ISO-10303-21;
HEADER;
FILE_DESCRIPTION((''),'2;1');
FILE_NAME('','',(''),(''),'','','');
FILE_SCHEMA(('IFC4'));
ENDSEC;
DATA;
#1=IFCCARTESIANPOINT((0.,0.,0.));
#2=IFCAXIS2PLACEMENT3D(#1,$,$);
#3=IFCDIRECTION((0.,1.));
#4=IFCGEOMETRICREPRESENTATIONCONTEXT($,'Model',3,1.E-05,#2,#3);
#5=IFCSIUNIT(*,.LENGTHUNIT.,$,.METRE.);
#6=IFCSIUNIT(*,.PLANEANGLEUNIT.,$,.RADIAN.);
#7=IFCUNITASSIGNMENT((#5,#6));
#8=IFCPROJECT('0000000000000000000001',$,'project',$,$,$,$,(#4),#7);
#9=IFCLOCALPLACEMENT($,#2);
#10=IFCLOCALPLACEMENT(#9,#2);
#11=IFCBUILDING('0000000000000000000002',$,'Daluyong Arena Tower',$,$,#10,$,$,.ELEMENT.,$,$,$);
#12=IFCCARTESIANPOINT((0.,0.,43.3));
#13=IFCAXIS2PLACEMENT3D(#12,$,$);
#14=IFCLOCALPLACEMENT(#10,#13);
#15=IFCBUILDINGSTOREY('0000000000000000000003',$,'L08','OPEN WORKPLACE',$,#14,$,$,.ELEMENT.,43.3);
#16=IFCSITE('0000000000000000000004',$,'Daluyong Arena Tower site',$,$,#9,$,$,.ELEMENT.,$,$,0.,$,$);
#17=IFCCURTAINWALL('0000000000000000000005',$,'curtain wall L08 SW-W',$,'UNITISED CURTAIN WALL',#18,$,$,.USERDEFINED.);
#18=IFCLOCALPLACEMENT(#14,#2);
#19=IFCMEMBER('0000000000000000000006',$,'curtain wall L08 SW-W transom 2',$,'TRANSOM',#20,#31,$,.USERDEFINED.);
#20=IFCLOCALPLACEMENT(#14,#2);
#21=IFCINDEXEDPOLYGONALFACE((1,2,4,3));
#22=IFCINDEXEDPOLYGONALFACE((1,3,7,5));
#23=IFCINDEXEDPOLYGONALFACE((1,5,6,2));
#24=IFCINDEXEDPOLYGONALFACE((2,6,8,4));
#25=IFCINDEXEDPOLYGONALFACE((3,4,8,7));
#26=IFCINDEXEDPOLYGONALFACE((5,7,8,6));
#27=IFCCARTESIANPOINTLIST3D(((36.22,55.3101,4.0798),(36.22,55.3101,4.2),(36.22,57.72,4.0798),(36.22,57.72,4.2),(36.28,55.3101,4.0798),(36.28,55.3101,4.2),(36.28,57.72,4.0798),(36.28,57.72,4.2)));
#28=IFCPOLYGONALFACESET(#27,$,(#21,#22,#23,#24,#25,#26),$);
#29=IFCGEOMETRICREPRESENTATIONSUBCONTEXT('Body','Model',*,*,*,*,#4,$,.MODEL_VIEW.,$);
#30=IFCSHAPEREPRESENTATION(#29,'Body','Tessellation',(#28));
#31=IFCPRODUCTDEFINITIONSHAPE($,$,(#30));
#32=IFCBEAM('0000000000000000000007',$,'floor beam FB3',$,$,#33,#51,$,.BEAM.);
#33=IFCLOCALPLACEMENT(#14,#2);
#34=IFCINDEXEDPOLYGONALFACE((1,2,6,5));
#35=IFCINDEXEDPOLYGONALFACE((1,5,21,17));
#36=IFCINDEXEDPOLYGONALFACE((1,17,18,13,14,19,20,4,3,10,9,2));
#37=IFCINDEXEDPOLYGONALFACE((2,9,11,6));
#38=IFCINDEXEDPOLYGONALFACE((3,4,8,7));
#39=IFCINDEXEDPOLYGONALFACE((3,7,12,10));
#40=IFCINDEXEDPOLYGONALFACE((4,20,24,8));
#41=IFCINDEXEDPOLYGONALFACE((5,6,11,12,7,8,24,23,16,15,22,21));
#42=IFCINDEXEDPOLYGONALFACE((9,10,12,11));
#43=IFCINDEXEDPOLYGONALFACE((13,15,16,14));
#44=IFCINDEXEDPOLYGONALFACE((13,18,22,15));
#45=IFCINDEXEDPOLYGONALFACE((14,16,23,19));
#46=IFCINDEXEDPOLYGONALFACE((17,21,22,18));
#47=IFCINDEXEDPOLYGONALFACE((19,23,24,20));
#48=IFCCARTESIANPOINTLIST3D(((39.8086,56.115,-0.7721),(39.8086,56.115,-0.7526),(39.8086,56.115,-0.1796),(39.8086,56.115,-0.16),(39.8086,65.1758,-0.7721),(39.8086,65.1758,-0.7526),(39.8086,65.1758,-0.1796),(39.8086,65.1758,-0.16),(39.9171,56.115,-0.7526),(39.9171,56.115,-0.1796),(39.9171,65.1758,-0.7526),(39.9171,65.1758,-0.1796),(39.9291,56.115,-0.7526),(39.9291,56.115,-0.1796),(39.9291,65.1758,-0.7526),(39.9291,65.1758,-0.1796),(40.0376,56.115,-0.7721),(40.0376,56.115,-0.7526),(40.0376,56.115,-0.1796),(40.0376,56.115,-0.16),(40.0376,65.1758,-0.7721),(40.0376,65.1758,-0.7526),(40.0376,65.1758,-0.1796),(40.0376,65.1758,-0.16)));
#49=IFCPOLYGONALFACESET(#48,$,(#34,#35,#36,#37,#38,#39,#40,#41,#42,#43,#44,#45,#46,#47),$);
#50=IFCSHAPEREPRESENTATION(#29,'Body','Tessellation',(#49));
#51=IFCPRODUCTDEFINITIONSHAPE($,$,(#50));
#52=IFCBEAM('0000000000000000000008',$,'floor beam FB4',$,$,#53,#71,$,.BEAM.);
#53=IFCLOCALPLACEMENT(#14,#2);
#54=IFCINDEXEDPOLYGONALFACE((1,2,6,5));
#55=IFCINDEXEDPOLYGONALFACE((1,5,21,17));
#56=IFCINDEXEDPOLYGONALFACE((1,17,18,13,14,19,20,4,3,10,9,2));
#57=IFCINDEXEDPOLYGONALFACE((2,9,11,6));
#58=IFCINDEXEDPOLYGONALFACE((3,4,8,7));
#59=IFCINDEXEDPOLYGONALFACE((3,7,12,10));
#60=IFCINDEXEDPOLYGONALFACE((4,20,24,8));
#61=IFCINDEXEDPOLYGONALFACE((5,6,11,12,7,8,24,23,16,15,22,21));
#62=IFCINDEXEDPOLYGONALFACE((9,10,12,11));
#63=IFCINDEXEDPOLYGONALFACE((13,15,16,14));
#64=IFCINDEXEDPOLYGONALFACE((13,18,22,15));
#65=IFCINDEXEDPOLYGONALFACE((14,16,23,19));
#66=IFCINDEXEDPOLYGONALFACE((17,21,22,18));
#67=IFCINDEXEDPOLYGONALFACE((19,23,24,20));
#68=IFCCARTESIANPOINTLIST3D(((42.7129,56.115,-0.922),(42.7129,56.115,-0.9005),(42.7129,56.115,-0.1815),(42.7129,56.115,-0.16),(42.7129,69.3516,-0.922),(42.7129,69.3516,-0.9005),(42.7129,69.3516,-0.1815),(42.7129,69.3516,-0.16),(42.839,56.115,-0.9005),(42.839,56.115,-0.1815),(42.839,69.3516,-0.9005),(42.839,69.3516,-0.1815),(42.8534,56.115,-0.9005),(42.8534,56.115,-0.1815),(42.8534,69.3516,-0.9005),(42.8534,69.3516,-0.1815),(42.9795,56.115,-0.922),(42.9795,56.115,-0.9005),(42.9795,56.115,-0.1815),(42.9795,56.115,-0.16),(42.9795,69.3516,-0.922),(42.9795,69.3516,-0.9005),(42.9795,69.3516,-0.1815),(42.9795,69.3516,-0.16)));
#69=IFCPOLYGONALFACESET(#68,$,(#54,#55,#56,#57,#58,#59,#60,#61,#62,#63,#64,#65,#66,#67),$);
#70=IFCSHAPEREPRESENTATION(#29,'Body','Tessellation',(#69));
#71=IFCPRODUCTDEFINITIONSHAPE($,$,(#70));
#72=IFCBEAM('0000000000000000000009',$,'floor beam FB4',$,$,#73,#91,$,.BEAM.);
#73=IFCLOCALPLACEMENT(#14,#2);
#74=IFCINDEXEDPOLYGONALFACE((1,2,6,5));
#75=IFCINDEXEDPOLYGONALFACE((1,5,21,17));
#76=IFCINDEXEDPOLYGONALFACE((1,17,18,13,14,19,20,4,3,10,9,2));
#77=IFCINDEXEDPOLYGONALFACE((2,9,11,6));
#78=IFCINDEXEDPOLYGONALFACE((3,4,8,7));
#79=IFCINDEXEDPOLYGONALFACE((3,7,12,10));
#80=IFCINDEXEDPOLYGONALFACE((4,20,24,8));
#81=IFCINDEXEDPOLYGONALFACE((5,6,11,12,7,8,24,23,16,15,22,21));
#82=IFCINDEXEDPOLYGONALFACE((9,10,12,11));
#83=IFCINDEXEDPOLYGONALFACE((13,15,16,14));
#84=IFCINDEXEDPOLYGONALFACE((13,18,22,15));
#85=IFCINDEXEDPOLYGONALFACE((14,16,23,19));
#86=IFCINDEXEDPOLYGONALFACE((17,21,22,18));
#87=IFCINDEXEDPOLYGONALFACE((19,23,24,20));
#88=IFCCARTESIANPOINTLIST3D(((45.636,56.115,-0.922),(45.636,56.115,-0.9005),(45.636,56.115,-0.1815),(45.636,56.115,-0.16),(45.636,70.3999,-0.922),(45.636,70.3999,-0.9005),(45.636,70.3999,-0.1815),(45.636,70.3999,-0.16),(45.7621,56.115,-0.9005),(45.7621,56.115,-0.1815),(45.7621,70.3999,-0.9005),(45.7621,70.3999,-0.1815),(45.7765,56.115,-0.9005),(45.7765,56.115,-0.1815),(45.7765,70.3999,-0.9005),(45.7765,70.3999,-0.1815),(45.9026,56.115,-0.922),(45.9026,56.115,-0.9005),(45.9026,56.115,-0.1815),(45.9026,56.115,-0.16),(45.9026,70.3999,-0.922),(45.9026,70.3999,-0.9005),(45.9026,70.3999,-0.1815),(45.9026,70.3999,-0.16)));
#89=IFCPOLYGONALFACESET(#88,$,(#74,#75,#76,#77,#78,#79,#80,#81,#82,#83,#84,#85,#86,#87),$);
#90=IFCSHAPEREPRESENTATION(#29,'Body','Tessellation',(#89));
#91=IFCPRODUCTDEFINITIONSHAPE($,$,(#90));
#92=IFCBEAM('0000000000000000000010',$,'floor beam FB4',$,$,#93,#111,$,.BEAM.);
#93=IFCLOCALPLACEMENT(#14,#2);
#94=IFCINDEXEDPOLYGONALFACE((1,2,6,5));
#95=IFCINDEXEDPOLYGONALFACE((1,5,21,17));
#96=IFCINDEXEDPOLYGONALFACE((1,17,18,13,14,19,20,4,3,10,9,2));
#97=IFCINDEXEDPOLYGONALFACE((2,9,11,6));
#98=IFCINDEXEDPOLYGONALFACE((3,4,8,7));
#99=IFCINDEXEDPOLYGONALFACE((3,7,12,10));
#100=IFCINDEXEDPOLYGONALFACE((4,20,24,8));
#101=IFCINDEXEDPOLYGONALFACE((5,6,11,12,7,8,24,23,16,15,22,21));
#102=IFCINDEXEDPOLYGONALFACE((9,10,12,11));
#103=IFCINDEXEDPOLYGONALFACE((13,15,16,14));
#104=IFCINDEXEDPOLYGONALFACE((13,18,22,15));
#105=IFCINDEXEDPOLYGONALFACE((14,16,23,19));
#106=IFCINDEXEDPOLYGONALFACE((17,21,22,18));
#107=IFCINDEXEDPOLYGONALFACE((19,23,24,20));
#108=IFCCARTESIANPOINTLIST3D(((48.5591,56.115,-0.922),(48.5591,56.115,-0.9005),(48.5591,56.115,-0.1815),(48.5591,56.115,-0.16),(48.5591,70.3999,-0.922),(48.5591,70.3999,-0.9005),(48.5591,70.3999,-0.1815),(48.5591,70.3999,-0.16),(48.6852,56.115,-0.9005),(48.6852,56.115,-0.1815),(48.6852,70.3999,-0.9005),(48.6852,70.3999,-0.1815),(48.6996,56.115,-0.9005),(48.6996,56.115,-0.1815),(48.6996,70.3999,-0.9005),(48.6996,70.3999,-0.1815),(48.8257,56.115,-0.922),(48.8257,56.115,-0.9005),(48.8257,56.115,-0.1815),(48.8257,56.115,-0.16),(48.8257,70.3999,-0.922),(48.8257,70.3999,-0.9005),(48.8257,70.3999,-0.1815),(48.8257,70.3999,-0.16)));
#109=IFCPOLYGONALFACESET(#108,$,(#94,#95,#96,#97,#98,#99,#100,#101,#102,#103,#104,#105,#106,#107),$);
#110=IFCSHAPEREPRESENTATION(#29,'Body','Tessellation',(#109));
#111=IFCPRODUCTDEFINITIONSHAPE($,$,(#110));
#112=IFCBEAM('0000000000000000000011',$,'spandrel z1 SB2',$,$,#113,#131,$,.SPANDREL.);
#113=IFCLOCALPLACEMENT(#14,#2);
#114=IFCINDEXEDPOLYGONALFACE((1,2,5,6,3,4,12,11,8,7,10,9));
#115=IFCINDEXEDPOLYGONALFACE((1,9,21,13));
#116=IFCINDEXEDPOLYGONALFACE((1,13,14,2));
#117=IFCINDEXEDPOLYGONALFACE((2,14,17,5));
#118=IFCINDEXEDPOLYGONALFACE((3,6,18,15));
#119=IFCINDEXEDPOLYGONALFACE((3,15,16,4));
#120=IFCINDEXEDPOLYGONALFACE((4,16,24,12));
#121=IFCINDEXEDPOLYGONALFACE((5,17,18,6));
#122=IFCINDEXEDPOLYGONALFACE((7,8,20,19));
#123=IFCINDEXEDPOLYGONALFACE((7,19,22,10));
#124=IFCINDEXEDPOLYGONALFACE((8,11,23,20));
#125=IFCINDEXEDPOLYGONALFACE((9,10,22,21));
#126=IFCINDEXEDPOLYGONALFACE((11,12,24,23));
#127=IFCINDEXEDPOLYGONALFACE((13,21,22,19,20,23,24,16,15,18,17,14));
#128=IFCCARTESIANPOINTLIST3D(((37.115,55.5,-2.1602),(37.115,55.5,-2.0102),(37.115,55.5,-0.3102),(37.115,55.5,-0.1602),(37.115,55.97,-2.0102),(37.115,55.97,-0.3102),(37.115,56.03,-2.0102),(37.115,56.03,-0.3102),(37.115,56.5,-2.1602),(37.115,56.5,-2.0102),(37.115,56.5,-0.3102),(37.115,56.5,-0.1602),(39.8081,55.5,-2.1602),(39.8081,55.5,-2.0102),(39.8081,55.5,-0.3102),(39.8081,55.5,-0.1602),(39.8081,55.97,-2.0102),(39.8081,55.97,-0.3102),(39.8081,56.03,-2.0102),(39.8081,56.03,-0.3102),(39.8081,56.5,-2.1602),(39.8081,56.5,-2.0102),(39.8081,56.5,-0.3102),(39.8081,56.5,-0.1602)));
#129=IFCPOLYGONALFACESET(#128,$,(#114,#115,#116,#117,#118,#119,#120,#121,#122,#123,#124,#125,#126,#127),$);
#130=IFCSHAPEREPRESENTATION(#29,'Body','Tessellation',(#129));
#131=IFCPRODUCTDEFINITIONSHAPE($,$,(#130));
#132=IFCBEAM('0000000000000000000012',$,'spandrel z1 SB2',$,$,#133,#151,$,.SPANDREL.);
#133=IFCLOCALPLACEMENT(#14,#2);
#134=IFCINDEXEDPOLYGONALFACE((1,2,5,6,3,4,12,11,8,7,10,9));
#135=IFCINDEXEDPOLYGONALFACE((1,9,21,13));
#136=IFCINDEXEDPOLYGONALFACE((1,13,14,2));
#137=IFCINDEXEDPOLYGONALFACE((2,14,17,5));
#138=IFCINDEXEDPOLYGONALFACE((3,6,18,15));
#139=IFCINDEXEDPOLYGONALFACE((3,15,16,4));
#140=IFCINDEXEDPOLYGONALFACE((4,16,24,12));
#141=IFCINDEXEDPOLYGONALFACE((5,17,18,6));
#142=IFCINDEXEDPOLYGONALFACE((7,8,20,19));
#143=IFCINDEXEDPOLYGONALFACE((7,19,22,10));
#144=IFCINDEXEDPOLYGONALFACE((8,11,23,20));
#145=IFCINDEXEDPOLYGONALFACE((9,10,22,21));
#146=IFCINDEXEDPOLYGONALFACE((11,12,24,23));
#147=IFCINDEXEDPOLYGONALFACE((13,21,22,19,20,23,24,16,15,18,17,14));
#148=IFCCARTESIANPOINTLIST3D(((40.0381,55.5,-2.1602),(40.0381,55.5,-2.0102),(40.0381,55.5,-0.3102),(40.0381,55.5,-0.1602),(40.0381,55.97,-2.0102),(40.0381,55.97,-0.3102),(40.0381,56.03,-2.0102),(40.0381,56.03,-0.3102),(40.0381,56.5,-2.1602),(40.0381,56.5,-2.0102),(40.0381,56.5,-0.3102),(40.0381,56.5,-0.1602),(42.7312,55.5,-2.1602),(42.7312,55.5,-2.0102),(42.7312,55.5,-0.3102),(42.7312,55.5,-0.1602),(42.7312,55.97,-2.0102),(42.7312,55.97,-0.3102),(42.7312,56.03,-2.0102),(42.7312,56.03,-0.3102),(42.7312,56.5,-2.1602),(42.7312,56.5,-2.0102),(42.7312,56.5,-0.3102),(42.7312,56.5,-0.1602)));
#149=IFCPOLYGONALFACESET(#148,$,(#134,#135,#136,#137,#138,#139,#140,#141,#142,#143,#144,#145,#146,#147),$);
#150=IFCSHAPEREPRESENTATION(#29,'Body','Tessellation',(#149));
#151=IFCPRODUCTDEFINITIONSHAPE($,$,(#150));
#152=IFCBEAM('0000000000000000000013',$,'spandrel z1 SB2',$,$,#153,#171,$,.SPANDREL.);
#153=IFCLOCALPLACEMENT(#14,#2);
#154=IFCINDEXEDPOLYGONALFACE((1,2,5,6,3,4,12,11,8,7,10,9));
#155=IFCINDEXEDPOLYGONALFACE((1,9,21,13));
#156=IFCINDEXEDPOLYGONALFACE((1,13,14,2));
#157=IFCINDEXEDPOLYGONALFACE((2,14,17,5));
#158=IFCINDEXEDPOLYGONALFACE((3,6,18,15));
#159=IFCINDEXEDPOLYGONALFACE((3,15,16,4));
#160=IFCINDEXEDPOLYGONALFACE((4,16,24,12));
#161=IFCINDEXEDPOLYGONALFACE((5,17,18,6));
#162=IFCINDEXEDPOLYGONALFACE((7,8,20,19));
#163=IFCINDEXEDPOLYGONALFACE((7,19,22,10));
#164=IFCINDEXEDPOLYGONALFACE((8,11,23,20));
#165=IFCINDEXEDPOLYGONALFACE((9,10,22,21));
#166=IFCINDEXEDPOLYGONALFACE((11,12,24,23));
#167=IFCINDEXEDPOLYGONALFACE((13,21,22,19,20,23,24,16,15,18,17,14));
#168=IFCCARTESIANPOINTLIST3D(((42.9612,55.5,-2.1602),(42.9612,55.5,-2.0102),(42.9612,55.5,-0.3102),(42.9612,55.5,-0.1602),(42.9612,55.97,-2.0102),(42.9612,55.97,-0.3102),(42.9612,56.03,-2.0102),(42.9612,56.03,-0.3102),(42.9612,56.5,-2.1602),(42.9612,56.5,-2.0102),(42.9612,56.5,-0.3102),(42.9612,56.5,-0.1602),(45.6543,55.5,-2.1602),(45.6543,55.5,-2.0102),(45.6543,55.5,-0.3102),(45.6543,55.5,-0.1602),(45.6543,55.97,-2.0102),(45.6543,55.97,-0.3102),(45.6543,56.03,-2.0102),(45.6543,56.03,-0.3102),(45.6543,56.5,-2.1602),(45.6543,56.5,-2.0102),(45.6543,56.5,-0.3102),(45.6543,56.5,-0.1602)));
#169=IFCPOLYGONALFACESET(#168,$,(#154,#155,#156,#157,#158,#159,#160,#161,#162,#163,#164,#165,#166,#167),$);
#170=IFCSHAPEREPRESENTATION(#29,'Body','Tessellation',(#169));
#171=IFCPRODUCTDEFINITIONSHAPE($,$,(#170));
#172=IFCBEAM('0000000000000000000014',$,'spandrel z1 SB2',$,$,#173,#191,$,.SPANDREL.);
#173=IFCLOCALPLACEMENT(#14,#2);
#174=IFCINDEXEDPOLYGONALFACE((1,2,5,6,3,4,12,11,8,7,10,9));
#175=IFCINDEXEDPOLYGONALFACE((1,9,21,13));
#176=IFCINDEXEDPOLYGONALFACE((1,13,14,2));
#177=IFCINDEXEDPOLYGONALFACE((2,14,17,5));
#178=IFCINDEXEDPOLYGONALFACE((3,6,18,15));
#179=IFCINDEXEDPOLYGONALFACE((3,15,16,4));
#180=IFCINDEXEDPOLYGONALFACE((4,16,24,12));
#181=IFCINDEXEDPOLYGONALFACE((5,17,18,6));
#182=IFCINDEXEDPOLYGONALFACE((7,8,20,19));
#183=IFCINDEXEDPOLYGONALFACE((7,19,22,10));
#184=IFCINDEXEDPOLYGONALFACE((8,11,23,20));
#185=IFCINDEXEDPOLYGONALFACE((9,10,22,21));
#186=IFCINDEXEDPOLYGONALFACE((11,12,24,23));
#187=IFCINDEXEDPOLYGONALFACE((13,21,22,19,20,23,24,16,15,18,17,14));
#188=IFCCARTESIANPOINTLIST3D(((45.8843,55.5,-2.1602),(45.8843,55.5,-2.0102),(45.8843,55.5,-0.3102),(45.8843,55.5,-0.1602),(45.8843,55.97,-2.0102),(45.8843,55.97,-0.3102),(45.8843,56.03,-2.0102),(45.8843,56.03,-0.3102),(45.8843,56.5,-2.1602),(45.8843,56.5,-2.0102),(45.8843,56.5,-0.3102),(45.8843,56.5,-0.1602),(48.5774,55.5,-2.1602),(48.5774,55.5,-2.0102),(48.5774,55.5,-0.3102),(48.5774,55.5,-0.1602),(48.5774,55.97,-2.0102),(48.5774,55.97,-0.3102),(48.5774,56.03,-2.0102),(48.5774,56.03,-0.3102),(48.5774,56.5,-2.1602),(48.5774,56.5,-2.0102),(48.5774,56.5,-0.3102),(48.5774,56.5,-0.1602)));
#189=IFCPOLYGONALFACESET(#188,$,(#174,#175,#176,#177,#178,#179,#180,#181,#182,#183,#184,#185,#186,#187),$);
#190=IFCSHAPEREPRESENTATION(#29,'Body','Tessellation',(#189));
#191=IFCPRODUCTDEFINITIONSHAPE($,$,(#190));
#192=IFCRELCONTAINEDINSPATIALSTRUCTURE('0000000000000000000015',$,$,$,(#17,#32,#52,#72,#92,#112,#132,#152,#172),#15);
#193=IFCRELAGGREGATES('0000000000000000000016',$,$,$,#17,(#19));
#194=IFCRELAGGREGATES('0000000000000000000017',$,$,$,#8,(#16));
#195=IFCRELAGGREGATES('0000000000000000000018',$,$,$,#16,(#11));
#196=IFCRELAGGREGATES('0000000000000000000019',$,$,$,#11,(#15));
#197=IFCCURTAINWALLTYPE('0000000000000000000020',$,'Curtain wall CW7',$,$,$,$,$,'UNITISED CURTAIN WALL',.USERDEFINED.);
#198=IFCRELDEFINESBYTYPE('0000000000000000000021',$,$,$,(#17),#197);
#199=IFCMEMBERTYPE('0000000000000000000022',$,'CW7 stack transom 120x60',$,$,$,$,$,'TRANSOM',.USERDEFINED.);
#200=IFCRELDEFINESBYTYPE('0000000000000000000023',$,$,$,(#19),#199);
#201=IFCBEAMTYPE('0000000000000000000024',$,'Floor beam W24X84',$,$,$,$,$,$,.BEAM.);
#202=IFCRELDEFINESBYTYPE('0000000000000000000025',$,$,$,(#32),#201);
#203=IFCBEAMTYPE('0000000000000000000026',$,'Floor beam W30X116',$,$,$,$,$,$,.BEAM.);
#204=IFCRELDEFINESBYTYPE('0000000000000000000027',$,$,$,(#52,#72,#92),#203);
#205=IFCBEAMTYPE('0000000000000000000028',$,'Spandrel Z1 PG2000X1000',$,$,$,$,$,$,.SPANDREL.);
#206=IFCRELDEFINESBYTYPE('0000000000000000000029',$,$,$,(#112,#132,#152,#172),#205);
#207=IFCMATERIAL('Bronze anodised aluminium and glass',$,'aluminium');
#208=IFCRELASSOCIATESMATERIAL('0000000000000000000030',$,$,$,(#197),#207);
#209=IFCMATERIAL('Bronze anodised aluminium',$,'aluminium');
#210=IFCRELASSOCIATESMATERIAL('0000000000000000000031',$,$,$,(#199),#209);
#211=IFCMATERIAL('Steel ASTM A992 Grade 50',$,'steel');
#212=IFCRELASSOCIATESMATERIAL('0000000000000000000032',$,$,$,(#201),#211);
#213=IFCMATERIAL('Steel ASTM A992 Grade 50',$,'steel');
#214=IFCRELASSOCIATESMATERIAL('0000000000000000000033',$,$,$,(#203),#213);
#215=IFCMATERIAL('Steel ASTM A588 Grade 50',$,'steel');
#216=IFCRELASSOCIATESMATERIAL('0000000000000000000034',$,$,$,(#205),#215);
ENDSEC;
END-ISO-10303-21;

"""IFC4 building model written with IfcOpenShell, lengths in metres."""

from ifc_helpers import new_model, si_unit, direction, frame, origin, origin_2d, place, context, subcontext, project, spatial, rectangle, i_section, extrude, material, material_profile, profile_set, type_object, element, aggregate, save


model = new_model("IFC4")

# Units and contexts
model_context = context("Model", 3, precision=1e-05, world=origin(), true_north=direction((0.0, 1.0)))
body_context = subcontext(model_context, "Body", "Model", "MODEL_VIEW")
ifc_project = project(units=[si_unit("LENGTHUNIT", "METRE"), si_unit("PLANEANGLEUNIT", "RADIAN")], contexts=[model_context])

# Site, building, storey
site_placement = place(None, origin())
site = spatial("IfcSite", under=ifc_project, at=site_placement, Name="Daluyong Arena Tower site", CompositionType="ELEMENT", RefElevation=0.0)
building_placement = place(site_placement, origin())
building = spatial("IfcBuilding", under=site, at=building_placement, Name="Daluyong Arena Tower", CompositionType="ELEMENT")
storey_placement = place(building_placement, frame((0.0, 0.0, 43.3)))
storey = spatial("IfcBuildingStorey", under=building, at=storey_placement, Name="L08", Description="OPEN WORKPLACE", CompositionType="ELEMENT", Elevation=43.3)

# Curtain wall, member
ifc_material_1 = material(Name="Bronze anodised aluminium and glass", Category="aluminium")
curtain_wall_type_1 = type_object("IfcCurtainWallType", Name="Curtain wall CW7", ElementType="UNITISED CURTAIN WALL", PredefinedType="USERDEFINED", material=ifc_material_1)
curtain_wall_1_placement = place(storey_placement, origin())
curtain_wall_1 = element("IfcCurtainWall", 1, at=curtain_wall_1_placement, inside=storey, type_object=curtain_wall_type_1, Name="curtain wall L08 SW-W", ObjectType="UNITISED CURTAIN WALL", PredefinedType="USERDEFINED")
ifc_material_2 = material(Name="Bronze anodised aluminium", Category="aluminium")
ifc_material_profile_1 = material_profile(ifc_material_2, rectangle(XDim=0.0601, YDim=0.1201, at=origin_2d()))
ifc_profile_set_1 = profile_set([ifc_material_profile_1], Name="Bronze anodised aluminium")
member_type_1 = type_object("IfcMemberType", Name="CW7 stack transom 120x60", ElementType="TRANSOM", PredefinedType="USERDEFINED", material=ifc_profile_set_1)
member_1_placement = place(storey_placement, frame((36.25, 57.72, 4.1399), z_axis=(0.0, -1.0, 0.0), x_axis=(1.0, 0.0, 0.0)))
member_1 = element("IfcMember", 2, at=member_1_placement, type_object=member_type_1, Name="curtain wall L08 SW-W transom 2", ObjectType="TRANSOM", PredefinedType="USERDEFINED", context=body_context, shape_type="SweptSolid", body=[
    extrude(rectangle(XDim=0.0601, YDim=0.1201, at=origin_2d()), origin(), (0.0, 0.0, 1.0), 2.4099),
])

# Beams
ifc_material_3 = material(Name="Steel ASTM A992 Grade 50", Category="steel")
ifc_material_profile_2 = material_profile(ifc_material_3, i_section(OverallWidth=0.229, OverallDepth=0.6121, WebThickness=0.012, FlangeThickness=0.0195, at=origin_2d()))
ifc_profile_set_2 = profile_set([ifc_material_profile_2], Name="Steel ASTM A992 Grade 50")
beam_type_1 = type_object("IfcBeamType", Name="Floor beam W24X84", PredefinedType="BEAM", material=ifc_profile_set_2)
beam_1_placement = place(storey_placement, frame((39.9231, 56.115, -0.4661), z_axis=(0.0, 1.0, 0.0), x_axis=(-1.0, 0.0, 0.0)))
element("IfcBeam", 3, at=beam_1_placement, inside=storey, type_object=beam_type_1, Name="floor beam FB3", PredefinedType="BEAM", context=body_context, shape_type="SweptSolid", body=[
    extrude(i_section(OverallWidth=0.229, OverallDepth=0.6121, WebThickness=0.012, FlangeThickness=0.0195, at=origin_2d()), origin(), (0.0, 0.0, 1.0), 9.0608),
])
ifc_material_4 = material(Name="Steel ASTM A992 Grade 50", Category="steel")
ifc_material_profile_3 = material_profile(ifc_material_4, i_section(OverallWidth=0.2666, OverallDepth=0.762, WebThickness=0.0144, FlangeThickness=0.0215, at=origin_2d()))
ifc_profile_set_3 = profile_set([ifc_material_profile_3], Name="Steel ASTM A992 Grade 50")
beam_type_2 = type_object("IfcBeamType", Name="Floor beam W30X116", PredefinedType="BEAM", material=ifc_profile_set_3)
beam_2_placement = place(storey_placement, frame((42.8462, 56.115, -0.541), z_axis=(0.0, 1.0, 0.0), x_axis=(-1.0, 0.0, 0.0)))
element("IfcBeam", 4, at=beam_2_placement, inside=storey, type_object=beam_type_2, Name="floor beam FB4", PredefinedType="BEAM", context=body_context, shape_type="SweptSolid", body=[
    extrude(i_section(OverallWidth=0.2666, OverallDepth=0.762, WebThickness=0.0144, FlangeThickness=0.0215, at=origin_2d()), origin(), (0.0, 0.0, 1.0), 13.2366),
])
for number, where, z_axis, x_axis, name in (
    (5, (45.7693, 56.115, -0.541), (0.0, 1.0, 0.0), (-1.0, 0.0, 0.0), "floor beam FB4"),
    (6, (48.6924, 56.115, -0.541), (0.0, 1.0, 0.0), (-1.0, 0.0, 0.0), "floor beam FB4"),
):
    element("IfcBeam", number, at=place(storey_placement, frame(where, z_axis=z_axis, x_axis=x_axis)), inside=storey, type_object=beam_type_2, Name=name, PredefinedType="BEAM", context=body_context, shape_type="SweptSolid", body=[
        extrude(i_section(OverallWidth=0.2666, OverallDepth=0.762, WebThickness=0.0144, FlangeThickness=0.0215, at=origin_2d()), origin(), (0.0, 0.0, 1.0), 14.2849),
    ])
ifc_material_5 = material(Name="Steel ASTM A588 Grade 50", Category="steel")
ifc_material_profile_4 = material_profile(ifc_material_5, i_section(OverallWidth=1.0, OverallDepth=2.0, WebThickness=0.06, FlangeThickness=0.15, at=origin_2d()))
ifc_profile_set_4 = profile_set([ifc_material_profile_4], Name="Steel ASTM A588 Grade 50")
beam_type_3 = type_object("IfcBeamType", Name="Spandrel Z1 PG2000X1000", PredefinedType="SPANDREL", material=ifc_profile_set_4)
for number, where, z_axis, x_axis, name in (
    (7, (37.115, 56.0, -1.1602), (1.0, 0.0, 0.0), (0.0, 1.0, 0.0), "spandrel z1 SB2"),
    (8, (40.0381, 56.0, -1.1602), (1.0, 0.0, 0.0), (0.0, 1.0, 0.0), "spandrel z1 SB2"),
    (9, (42.9612, 56.0, -1.1602), (1.0, 0.0, 0.0), (0.0, 1.0, 0.0), "spandrel z1 SB2"),
    (10, (45.8843, 56.0, -1.1602), (1.0, 0.0, 0.0), (0.0, 1.0, 0.0), "spandrel z1 SB2"),
):
    element("IfcBeam", number, at=place(storey_placement, frame(where, z_axis=z_axis, x_axis=x_axis)), inside=storey, type_object=beam_type_3, Name=name, PredefinedType="SPANDREL", context=body_context, shape_type="SweptSolid", body=[
        extrude(i_section(OverallWidth=1.0, OverallDepth=2.0, WebThickness=0.06, FlangeThickness=0.15, at=origin_2d()), origin(), (0.0, 0.0, 1.0), 2.6931),
    ])

aggregate(curtain_wall_1, [member_1])

save(model, "model.ifc")
